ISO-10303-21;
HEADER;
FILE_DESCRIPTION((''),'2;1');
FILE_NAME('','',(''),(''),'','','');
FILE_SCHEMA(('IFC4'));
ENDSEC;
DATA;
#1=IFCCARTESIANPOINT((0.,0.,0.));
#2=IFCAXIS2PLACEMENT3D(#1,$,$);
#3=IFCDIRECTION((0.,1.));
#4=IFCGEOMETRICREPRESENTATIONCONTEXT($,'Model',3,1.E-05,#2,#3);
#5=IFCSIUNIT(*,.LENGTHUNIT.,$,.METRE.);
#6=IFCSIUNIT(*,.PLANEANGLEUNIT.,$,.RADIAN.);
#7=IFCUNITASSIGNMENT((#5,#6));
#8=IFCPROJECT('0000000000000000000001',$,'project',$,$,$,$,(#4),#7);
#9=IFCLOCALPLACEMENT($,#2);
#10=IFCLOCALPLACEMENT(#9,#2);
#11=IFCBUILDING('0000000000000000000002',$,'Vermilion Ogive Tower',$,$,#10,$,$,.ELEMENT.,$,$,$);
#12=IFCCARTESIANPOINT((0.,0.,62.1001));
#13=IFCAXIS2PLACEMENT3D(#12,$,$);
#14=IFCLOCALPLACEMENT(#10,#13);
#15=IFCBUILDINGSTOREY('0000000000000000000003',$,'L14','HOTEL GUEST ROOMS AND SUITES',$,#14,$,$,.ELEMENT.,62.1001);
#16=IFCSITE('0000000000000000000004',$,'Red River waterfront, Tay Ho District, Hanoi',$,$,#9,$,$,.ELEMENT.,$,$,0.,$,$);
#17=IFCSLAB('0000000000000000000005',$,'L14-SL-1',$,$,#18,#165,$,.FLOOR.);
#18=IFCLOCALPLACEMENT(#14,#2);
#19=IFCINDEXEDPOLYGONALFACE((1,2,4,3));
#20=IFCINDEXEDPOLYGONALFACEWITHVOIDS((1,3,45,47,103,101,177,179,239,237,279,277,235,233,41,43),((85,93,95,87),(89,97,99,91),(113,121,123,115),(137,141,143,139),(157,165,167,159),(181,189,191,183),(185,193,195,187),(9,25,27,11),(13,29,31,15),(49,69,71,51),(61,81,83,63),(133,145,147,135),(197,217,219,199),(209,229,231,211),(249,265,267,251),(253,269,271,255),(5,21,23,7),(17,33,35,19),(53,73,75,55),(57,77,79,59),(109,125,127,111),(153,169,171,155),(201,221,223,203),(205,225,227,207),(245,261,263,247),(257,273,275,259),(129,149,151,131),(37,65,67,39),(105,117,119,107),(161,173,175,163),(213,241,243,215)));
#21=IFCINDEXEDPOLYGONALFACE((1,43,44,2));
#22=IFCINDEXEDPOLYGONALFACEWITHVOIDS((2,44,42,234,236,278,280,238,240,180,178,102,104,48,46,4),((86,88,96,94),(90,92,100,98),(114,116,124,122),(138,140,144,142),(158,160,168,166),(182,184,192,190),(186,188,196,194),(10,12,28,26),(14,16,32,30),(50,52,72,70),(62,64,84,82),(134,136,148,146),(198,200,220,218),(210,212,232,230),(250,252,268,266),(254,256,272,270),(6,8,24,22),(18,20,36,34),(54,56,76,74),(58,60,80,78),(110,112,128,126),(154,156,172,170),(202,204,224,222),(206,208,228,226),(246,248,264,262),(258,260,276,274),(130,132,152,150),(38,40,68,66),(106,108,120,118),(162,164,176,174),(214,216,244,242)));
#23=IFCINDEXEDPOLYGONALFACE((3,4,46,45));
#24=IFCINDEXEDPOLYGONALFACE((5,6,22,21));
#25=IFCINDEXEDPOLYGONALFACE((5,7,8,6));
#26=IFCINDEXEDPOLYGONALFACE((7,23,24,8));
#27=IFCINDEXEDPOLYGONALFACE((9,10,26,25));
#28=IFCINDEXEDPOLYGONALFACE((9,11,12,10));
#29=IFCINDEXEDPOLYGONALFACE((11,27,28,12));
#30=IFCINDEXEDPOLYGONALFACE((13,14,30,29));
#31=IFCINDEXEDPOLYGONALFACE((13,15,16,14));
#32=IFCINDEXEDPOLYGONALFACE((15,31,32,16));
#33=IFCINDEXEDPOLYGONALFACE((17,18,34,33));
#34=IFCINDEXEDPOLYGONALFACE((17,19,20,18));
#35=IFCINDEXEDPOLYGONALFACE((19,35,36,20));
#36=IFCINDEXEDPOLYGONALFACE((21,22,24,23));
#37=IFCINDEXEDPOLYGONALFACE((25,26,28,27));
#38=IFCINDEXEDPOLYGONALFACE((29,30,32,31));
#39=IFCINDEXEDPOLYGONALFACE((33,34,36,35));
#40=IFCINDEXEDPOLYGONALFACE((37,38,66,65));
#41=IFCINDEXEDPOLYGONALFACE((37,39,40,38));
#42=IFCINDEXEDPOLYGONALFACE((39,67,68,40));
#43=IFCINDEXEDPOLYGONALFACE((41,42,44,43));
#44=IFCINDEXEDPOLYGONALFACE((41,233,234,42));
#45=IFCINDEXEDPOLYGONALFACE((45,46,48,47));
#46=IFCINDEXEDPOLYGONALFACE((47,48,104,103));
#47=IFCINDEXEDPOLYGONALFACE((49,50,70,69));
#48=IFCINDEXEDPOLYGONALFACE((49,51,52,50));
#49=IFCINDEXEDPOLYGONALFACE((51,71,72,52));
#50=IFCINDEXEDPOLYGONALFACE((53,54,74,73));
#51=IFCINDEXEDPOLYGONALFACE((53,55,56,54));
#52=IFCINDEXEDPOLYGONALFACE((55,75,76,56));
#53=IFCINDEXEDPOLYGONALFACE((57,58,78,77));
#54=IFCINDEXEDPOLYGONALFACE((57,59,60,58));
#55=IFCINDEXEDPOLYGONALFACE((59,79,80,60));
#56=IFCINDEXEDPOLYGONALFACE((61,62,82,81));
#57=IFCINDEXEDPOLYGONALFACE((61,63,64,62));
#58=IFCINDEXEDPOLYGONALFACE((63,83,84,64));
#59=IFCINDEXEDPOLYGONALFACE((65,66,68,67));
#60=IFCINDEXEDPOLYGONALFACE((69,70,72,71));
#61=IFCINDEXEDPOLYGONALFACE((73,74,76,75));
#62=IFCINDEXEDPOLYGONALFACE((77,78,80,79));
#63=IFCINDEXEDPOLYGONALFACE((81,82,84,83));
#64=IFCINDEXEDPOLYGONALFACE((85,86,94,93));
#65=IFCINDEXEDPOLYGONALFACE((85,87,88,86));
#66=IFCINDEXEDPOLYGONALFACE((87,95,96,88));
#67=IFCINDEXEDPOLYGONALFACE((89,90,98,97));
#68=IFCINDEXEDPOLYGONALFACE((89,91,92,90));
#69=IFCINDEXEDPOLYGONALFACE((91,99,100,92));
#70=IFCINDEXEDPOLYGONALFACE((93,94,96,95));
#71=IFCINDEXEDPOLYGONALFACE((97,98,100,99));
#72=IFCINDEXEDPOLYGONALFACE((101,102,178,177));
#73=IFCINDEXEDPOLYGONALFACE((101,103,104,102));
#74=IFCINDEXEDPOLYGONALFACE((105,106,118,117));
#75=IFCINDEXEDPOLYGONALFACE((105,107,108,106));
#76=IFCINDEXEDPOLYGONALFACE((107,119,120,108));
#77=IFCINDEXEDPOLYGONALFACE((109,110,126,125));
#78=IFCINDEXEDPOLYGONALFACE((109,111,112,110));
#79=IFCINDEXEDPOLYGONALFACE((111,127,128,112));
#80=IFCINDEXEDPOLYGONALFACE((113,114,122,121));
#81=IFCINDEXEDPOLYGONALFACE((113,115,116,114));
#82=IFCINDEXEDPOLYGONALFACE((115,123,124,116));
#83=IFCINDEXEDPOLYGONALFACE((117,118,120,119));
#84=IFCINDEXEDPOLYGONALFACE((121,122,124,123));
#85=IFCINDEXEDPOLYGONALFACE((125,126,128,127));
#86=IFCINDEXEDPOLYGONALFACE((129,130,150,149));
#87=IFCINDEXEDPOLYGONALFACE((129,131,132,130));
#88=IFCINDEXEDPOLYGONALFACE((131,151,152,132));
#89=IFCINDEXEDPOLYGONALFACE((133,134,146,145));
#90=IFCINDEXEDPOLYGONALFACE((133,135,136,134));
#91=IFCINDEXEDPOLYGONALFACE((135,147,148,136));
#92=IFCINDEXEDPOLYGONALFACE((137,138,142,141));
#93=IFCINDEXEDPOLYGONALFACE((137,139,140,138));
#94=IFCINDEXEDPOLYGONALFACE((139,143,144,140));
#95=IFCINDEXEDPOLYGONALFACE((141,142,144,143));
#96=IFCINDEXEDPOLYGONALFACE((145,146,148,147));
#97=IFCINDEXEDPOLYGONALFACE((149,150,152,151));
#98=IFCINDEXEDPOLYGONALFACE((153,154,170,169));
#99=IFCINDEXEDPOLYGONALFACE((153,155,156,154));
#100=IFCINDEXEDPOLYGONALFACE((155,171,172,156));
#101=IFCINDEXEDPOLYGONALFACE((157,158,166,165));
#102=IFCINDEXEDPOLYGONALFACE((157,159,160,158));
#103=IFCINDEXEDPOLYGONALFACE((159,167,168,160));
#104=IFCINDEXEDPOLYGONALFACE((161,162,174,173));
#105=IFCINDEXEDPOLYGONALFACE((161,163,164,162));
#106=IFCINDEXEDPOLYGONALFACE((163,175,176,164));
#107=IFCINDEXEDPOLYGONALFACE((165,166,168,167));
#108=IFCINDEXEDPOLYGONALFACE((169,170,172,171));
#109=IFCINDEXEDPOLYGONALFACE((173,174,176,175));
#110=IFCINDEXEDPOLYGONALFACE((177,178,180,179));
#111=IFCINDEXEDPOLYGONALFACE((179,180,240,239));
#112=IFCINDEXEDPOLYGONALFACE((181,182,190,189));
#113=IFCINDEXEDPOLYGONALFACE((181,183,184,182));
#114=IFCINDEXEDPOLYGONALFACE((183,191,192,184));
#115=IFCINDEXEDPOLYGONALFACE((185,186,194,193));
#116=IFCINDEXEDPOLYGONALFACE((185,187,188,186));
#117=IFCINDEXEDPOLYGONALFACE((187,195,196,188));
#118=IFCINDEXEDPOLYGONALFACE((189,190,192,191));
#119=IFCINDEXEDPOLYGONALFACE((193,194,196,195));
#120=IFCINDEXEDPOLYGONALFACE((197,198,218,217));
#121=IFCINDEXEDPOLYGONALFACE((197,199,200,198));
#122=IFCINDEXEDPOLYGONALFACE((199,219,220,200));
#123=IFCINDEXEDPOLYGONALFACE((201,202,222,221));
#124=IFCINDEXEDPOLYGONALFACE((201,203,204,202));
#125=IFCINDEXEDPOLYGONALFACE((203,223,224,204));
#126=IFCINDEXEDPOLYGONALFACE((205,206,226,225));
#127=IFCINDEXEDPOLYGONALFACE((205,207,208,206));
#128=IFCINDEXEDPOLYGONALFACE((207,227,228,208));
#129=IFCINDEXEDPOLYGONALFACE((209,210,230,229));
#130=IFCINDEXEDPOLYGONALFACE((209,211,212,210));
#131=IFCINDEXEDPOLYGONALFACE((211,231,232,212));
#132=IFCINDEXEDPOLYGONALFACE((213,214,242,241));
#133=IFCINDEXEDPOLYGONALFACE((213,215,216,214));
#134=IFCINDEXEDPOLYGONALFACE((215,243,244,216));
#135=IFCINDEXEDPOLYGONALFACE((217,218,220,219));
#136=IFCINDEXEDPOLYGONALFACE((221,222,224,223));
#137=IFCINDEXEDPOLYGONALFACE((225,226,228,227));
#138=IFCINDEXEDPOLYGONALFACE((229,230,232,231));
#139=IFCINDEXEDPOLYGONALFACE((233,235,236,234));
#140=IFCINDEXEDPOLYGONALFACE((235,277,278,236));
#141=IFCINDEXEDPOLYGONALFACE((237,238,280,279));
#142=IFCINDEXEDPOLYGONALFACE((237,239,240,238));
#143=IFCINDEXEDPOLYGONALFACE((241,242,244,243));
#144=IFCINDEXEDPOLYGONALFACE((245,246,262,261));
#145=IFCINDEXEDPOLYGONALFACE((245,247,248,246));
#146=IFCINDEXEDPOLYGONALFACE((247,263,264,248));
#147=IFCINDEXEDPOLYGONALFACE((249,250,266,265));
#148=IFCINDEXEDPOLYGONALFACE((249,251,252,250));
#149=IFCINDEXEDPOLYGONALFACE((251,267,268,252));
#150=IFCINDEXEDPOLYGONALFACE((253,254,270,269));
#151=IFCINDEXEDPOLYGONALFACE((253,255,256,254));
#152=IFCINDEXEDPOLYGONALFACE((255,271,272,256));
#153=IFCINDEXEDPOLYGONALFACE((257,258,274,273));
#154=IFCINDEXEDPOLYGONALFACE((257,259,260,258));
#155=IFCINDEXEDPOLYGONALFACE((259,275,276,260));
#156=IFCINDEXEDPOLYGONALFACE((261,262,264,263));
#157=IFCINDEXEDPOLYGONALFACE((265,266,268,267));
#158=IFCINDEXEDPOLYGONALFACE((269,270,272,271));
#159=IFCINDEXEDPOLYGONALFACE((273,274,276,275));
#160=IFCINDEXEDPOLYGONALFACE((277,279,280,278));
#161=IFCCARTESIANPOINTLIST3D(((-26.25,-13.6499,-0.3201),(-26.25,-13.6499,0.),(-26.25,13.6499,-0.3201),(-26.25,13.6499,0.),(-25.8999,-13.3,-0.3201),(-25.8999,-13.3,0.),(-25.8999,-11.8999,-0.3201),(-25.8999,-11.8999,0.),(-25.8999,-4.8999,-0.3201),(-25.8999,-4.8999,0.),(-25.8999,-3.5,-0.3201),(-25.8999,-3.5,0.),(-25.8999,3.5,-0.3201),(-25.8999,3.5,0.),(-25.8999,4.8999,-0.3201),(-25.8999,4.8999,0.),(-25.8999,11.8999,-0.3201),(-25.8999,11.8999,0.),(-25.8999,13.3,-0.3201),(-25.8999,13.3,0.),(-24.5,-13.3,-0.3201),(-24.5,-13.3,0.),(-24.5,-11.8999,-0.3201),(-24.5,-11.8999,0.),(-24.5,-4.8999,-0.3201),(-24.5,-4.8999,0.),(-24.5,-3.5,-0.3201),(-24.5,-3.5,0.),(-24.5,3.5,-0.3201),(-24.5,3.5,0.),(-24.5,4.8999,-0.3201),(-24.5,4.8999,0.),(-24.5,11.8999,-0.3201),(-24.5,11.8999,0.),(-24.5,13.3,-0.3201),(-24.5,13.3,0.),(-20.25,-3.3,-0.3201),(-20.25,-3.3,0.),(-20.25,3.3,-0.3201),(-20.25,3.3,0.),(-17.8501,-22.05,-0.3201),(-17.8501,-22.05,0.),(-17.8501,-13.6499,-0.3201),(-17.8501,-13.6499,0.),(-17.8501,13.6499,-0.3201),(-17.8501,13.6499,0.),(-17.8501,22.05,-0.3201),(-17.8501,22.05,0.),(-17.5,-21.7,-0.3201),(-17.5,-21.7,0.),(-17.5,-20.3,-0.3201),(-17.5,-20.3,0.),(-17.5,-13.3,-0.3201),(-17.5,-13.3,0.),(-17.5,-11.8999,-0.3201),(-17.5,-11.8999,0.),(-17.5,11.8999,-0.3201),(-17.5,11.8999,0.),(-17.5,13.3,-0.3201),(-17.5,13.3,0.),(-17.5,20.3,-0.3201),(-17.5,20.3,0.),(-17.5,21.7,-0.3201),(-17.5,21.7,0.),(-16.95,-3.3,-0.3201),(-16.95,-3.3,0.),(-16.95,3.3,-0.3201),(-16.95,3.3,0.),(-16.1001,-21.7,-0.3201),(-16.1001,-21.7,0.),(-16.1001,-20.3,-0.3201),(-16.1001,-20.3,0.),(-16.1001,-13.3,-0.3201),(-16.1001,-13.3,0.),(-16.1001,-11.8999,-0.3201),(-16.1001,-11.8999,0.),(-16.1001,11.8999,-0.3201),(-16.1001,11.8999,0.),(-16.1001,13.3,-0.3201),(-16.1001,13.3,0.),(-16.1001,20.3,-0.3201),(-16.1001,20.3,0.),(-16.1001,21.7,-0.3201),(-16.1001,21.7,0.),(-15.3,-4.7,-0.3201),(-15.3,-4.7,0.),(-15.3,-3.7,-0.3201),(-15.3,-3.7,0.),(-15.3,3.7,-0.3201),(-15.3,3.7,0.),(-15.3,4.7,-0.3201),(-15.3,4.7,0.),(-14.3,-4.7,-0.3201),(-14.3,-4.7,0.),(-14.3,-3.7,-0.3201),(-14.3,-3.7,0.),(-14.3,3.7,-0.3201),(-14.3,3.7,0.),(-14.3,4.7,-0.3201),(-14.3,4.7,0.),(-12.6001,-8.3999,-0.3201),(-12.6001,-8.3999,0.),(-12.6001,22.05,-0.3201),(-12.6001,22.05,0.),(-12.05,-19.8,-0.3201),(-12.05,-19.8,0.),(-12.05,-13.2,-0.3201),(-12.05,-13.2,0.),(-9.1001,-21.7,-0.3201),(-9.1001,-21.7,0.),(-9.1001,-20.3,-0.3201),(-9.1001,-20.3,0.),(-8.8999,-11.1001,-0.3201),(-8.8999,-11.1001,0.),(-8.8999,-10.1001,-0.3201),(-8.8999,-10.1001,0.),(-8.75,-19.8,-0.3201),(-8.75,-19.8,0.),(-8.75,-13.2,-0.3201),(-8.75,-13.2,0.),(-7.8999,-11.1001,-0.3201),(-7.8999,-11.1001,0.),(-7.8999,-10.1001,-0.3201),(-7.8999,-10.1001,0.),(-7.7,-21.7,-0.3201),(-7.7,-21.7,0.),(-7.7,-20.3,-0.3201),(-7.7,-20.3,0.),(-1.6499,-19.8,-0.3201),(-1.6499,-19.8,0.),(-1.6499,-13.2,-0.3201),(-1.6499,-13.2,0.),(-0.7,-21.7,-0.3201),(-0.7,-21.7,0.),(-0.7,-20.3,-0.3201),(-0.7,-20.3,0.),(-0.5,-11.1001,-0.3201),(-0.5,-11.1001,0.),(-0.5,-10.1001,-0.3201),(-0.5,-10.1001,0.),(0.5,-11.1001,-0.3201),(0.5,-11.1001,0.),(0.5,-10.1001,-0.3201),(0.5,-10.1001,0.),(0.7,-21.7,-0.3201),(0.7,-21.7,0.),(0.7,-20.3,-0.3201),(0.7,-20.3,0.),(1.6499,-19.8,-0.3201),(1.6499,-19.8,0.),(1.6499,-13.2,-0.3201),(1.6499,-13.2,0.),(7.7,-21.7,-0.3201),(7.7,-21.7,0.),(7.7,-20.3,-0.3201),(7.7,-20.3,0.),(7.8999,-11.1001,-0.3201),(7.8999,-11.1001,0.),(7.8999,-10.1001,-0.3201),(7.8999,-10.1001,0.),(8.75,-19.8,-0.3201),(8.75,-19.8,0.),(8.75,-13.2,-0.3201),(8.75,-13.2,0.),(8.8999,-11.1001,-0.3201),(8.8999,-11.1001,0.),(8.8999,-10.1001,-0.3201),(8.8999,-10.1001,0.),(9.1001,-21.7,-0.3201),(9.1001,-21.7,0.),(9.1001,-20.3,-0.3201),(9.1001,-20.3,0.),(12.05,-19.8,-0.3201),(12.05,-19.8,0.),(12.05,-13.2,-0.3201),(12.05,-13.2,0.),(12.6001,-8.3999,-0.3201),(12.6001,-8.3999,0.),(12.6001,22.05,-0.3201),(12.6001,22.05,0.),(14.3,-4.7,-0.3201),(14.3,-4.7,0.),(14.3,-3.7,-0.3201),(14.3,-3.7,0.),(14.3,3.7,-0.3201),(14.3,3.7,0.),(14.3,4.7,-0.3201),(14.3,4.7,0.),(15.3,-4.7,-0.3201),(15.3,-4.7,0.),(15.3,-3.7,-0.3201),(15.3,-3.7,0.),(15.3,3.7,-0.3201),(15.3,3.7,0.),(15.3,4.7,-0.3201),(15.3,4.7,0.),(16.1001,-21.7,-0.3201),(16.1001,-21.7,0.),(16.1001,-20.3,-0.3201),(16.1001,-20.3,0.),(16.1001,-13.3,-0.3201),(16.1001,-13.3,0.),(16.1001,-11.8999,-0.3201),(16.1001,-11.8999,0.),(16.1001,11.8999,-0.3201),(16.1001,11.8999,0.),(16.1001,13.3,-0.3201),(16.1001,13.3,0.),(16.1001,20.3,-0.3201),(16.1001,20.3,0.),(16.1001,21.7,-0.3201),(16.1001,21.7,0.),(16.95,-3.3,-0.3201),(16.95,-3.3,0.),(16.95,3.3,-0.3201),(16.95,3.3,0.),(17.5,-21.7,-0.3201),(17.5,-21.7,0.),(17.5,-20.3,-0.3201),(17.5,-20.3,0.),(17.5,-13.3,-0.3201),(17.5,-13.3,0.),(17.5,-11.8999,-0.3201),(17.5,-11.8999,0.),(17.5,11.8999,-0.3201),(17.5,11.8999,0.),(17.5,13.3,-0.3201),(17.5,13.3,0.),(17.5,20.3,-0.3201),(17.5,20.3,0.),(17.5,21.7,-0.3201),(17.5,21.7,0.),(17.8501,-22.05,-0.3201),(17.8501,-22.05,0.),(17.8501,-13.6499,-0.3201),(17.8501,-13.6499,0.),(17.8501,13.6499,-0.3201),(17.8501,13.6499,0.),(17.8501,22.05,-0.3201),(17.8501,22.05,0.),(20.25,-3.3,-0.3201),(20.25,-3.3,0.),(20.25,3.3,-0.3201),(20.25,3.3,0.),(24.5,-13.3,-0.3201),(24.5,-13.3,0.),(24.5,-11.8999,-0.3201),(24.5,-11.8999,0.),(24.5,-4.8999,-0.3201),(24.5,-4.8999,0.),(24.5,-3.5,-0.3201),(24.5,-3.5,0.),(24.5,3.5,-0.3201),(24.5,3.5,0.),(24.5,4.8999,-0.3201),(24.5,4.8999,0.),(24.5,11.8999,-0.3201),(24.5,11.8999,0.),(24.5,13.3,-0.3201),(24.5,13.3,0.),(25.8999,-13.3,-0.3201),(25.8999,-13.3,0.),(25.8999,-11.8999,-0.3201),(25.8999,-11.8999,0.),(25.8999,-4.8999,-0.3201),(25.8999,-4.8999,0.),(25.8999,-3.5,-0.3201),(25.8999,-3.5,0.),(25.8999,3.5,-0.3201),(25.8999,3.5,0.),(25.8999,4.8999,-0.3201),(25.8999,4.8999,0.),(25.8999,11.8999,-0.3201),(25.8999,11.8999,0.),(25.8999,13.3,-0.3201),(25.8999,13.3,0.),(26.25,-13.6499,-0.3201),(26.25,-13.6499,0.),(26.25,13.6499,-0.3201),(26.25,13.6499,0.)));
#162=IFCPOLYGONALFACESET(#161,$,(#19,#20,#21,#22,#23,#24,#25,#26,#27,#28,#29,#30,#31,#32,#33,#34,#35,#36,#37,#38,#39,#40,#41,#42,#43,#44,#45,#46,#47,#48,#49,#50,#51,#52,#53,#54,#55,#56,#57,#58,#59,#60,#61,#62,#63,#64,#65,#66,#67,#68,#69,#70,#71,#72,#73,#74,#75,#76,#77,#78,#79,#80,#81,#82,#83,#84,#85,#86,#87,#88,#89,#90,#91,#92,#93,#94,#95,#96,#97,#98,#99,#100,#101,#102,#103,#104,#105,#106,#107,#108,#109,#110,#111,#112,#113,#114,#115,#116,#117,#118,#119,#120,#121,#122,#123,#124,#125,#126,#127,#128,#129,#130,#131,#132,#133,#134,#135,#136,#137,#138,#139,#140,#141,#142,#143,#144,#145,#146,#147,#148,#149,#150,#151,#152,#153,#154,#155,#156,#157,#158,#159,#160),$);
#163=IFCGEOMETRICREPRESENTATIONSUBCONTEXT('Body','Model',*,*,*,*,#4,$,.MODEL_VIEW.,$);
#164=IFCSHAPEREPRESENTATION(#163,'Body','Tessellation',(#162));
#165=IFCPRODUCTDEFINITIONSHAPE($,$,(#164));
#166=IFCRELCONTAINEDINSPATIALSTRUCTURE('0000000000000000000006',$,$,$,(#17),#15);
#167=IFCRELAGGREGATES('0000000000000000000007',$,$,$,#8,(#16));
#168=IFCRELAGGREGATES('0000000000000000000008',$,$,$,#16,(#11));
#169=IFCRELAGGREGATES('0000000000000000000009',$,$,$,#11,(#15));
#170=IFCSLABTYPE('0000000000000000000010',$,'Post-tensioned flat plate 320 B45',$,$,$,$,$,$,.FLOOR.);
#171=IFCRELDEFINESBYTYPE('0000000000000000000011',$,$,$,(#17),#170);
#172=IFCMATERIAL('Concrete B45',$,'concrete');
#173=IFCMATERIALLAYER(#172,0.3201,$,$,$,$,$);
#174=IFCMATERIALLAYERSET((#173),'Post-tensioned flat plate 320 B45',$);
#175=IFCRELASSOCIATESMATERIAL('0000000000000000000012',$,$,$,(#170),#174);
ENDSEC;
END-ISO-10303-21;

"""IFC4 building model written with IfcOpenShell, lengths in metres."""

from ifc_helpers import new_model, si_unit, direction, frame, origin, place, context, subcontext, project, spatial, polyline, outline, extrude, material, layer, layer_set, type_object, element, save


model = new_model("IFC4")

# Units and contexts
model_context = context("Model", 3, precision=1e-05, world=origin(), true_north=direction((0.0, 1.0)))
body_context = subcontext(model_context, "Body", "Model", "MODEL_VIEW")
ifc_project = project(units=[si_unit("LENGTHUNIT", "METRE"), si_unit("PLANEANGLEUNIT", "RADIAN")], contexts=[model_context])

# Site, building, storey
site_placement = place(None, origin())
site = spatial("IfcSite", under=ifc_project, at=site_placement, Name="Red River waterfront, Tay Ho District, Hanoi", CompositionType="ELEMENT", RefElevation=0.0)
building_placement = place(site_placement, origin())
building = spatial("IfcBuilding", under=site, at=building_placement, Name="Vermilion Ogive Tower", CompositionType="ELEMENT")
storey_placement = place(building_placement, frame((0.0, 0.0, 62.1001)))
storey = spatial("IfcBuildingStorey", under=building, at=storey_placement, Name="L14", Description="HOTEL GUEST ROOMS AND SUITES", CompositionType="ELEMENT", Elevation=62.1001)

# Slab
ifc_material_1 = material(Name="Concrete B45", Category="concrete")
ifc_layer_1 = layer(ifc_material_1, 0.3201)
ifc_layer_set_1 = layer_set([ifc_layer_1], Name="Post-tensioned flat plate 320 B45")
slab_type = type_object("IfcSlabType", Name="Post-tensioned flat plate 320 B45", PredefinedType="FLOOR", material=ifc_layer_set_1)
slab_placement = place(storey_placement, frame((0.0, 0.0, -0.3201)))
element("IfcSlab", 1, at=slab_placement, inside=storey, type_object=slab_type, Name="L14-SL-1", PredefinedType="FLOOR", context=body_context, shape_type="SweptSolid", body=[
    extrude(outline(polyline([(-17.8501, -13.6499), (-26.25, -13.6499), (-26.25, 13.6499), (-17.8501, 13.6499), (-17.8501, 22.05), (-12.6001, 22.05), (-12.6001, -8.3999), (12.6001, -8.3999), (12.6001, 22.05), (17.8501, 22.05), (17.8501, 13.6499), (26.25, 13.6499), (26.25, -13.6499), (17.8501, -13.6499), (17.8501, -22.05), (-17.8501, -22.05), (-17.8501, -13.6499)]), holes=[polyline([(25.8999, -4.8999), (25.8999, -3.5), (24.5, -3.5), (24.5, -4.8999), (25.8999, -4.8999)]), polyline([(25.8999, -13.3), (25.8999, -11.8999), (24.5, -11.8999), (24.5, -13.3), (25.8999, -13.3)]), polyline([(24.5, 11.8999), (25.8999, 11.8999), (25.8999, 13.3), (24.5, 13.3), (24.5, 11.8999)]), polyline([(24.5, 3.5), (25.8999, 3.5), (25.8999, 4.8999), (24.5, 4.8999), (24.5, 3.5)]), polyline([(20.25, -3.3), (20.25, 3.3), (16.95, 3.3), (16.95, -3.3), (20.25, -3.3)]), polyline([(17.5, -13.3), (17.5, -11.8999), (16.1001, -11.8999), (16.1001, -13.3), (17.5, -13.3)]), polyline([(16.1001, 20.3), (17.5, 20.3), (17.5, 21.7), (16.1001, 21.7), (16.1001, 20.3)]), polyline([(17.5, -21.7), (17.5, -20.3), (16.1001, -20.3), (16.1001, -21.7), (17.5, -21.7)]), polyline([(17.5, 11.8999), (17.5, 13.3), (16.1001, 13.3), (16.1001, 11.8999), (17.5, 11.8999)]), polyline([(15.3, 3.7), (15.3, 4.7), (14.3, 4.7), (14.3, 3.7), (15.3, 3.7)]), polyline([(14.3, -4.7), (15.3, -4.7), (15.3, -3.7), (14.3, -3.7), (14.3, -4.7)]), polyline([(12.05, -19.8), (12.05, -13.2), (8.75, -13.2), (8.75, -19.8), (12.05, -19.8)]), polyline([(9.1001, -21.7), (9.1001, -20.3), (7.7, -20.3), (7.7, -21.7), (9.1001, -21.7)]), polyline([(7.8999, -11.1001), (8.8999, -11.1001), (8.8999, -10.1001), (7.8999, -10.1001), (7.8999, -11.1001)]), polyline([(1.6499, -19.8), (1.6499, -13.2), (-1.6499, -13.2), (-1.6499, -19.8), (1.6499, -19.8)]), polyline([(0.7, -21.7), (0.7, -20.3), (-0.7, -20.3), (-0.7, -21.7), (0.7, -21.7)]), polyline([(0.5, -11.1001), (0.5, -10.1001), (-0.5, -10.1001), (-0.5, -11.1001), (0.5, -11.1001)]), polyline([(-7.7, -21.7), (-7.7, -20.3), (-9.1001, -20.3), (-9.1001, -21.7), (-7.7, -21.7)]), polyline([(-7.8999, -11.1001), (-7.8999, -10.1001), (-8.8999, -10.1001), (-8.8999, -11.1001), (-7.8999, -11.1001)]), polyline([(-8.75, -19.8), (-8.75, -13.2), (-12.05, -13.2), (-12.05, -19.8), (-8.75, -19.8)]), polyline([(-14.3, 3.7), (-14.3, 4.7), (-15.3, 4.7), (-15.3, 3.7), (-14.3, 3.7)]), polyline([(-15.3, -4.7), (-14.3, -4.7), (-14.3, -3.7), (-15.3, -3.7), (-15.3, -4.7)]), polyline([(-16.1001, 11.8999), (-16.1001, 13.3), (-17.5, 13.3), (-17.5, 11.8999), (-16.1001, 11.8999)]), polyline([(-16.1001, -13.3), (-16.1001, -11.8999), (-17.5, -11.8999), (-17.5, -13.3), (-16.1001, -13.3)]), polyline([(-16.1001, -21.7), (-16.1001, -20.3), (-17.5, -20.3), (-17.5, -21.7), (-16.1001, -21.7)]), polyline([(-17.5, 20.3), (-16.1001, 20.3), (-16.1001, 21.7), (-17.5, 21.7), (-17.5, 20.3)]), polyline([(-16.95, -3.3), (-16.95, 3.3), (-20.25, 3.3), (-20.25, -3.3), (-16.95, -3.3)]), polyline([(-25.8999, 3.5), (-24.5, 3.5), (-24.5, 4.8999), (-25.8999, 4.8999), (-25.8999, 3.5)]), polyline([(-24.5, 11.8999), (-24.5, 13.3), (-25.8999, 13.3), (-25.8999, 11.8999), (-24.5, 11.8999)]), polyline([(-24.5, -4.8999), (-24.5, -3.5), (-25.8999, -3.5), (-25.8999, -4.8999), (-24.5, -4.8999)]), polyline([(-24.5, -13.3), (-24.5, -11.8999), (-25.8999, -11.8999), (-25.8999, -13.3), (-24.5, -13.3)])]), origin(), (0.0, 0.0, 1.0), 0.3201),
])

save(model, "model.ifc")
